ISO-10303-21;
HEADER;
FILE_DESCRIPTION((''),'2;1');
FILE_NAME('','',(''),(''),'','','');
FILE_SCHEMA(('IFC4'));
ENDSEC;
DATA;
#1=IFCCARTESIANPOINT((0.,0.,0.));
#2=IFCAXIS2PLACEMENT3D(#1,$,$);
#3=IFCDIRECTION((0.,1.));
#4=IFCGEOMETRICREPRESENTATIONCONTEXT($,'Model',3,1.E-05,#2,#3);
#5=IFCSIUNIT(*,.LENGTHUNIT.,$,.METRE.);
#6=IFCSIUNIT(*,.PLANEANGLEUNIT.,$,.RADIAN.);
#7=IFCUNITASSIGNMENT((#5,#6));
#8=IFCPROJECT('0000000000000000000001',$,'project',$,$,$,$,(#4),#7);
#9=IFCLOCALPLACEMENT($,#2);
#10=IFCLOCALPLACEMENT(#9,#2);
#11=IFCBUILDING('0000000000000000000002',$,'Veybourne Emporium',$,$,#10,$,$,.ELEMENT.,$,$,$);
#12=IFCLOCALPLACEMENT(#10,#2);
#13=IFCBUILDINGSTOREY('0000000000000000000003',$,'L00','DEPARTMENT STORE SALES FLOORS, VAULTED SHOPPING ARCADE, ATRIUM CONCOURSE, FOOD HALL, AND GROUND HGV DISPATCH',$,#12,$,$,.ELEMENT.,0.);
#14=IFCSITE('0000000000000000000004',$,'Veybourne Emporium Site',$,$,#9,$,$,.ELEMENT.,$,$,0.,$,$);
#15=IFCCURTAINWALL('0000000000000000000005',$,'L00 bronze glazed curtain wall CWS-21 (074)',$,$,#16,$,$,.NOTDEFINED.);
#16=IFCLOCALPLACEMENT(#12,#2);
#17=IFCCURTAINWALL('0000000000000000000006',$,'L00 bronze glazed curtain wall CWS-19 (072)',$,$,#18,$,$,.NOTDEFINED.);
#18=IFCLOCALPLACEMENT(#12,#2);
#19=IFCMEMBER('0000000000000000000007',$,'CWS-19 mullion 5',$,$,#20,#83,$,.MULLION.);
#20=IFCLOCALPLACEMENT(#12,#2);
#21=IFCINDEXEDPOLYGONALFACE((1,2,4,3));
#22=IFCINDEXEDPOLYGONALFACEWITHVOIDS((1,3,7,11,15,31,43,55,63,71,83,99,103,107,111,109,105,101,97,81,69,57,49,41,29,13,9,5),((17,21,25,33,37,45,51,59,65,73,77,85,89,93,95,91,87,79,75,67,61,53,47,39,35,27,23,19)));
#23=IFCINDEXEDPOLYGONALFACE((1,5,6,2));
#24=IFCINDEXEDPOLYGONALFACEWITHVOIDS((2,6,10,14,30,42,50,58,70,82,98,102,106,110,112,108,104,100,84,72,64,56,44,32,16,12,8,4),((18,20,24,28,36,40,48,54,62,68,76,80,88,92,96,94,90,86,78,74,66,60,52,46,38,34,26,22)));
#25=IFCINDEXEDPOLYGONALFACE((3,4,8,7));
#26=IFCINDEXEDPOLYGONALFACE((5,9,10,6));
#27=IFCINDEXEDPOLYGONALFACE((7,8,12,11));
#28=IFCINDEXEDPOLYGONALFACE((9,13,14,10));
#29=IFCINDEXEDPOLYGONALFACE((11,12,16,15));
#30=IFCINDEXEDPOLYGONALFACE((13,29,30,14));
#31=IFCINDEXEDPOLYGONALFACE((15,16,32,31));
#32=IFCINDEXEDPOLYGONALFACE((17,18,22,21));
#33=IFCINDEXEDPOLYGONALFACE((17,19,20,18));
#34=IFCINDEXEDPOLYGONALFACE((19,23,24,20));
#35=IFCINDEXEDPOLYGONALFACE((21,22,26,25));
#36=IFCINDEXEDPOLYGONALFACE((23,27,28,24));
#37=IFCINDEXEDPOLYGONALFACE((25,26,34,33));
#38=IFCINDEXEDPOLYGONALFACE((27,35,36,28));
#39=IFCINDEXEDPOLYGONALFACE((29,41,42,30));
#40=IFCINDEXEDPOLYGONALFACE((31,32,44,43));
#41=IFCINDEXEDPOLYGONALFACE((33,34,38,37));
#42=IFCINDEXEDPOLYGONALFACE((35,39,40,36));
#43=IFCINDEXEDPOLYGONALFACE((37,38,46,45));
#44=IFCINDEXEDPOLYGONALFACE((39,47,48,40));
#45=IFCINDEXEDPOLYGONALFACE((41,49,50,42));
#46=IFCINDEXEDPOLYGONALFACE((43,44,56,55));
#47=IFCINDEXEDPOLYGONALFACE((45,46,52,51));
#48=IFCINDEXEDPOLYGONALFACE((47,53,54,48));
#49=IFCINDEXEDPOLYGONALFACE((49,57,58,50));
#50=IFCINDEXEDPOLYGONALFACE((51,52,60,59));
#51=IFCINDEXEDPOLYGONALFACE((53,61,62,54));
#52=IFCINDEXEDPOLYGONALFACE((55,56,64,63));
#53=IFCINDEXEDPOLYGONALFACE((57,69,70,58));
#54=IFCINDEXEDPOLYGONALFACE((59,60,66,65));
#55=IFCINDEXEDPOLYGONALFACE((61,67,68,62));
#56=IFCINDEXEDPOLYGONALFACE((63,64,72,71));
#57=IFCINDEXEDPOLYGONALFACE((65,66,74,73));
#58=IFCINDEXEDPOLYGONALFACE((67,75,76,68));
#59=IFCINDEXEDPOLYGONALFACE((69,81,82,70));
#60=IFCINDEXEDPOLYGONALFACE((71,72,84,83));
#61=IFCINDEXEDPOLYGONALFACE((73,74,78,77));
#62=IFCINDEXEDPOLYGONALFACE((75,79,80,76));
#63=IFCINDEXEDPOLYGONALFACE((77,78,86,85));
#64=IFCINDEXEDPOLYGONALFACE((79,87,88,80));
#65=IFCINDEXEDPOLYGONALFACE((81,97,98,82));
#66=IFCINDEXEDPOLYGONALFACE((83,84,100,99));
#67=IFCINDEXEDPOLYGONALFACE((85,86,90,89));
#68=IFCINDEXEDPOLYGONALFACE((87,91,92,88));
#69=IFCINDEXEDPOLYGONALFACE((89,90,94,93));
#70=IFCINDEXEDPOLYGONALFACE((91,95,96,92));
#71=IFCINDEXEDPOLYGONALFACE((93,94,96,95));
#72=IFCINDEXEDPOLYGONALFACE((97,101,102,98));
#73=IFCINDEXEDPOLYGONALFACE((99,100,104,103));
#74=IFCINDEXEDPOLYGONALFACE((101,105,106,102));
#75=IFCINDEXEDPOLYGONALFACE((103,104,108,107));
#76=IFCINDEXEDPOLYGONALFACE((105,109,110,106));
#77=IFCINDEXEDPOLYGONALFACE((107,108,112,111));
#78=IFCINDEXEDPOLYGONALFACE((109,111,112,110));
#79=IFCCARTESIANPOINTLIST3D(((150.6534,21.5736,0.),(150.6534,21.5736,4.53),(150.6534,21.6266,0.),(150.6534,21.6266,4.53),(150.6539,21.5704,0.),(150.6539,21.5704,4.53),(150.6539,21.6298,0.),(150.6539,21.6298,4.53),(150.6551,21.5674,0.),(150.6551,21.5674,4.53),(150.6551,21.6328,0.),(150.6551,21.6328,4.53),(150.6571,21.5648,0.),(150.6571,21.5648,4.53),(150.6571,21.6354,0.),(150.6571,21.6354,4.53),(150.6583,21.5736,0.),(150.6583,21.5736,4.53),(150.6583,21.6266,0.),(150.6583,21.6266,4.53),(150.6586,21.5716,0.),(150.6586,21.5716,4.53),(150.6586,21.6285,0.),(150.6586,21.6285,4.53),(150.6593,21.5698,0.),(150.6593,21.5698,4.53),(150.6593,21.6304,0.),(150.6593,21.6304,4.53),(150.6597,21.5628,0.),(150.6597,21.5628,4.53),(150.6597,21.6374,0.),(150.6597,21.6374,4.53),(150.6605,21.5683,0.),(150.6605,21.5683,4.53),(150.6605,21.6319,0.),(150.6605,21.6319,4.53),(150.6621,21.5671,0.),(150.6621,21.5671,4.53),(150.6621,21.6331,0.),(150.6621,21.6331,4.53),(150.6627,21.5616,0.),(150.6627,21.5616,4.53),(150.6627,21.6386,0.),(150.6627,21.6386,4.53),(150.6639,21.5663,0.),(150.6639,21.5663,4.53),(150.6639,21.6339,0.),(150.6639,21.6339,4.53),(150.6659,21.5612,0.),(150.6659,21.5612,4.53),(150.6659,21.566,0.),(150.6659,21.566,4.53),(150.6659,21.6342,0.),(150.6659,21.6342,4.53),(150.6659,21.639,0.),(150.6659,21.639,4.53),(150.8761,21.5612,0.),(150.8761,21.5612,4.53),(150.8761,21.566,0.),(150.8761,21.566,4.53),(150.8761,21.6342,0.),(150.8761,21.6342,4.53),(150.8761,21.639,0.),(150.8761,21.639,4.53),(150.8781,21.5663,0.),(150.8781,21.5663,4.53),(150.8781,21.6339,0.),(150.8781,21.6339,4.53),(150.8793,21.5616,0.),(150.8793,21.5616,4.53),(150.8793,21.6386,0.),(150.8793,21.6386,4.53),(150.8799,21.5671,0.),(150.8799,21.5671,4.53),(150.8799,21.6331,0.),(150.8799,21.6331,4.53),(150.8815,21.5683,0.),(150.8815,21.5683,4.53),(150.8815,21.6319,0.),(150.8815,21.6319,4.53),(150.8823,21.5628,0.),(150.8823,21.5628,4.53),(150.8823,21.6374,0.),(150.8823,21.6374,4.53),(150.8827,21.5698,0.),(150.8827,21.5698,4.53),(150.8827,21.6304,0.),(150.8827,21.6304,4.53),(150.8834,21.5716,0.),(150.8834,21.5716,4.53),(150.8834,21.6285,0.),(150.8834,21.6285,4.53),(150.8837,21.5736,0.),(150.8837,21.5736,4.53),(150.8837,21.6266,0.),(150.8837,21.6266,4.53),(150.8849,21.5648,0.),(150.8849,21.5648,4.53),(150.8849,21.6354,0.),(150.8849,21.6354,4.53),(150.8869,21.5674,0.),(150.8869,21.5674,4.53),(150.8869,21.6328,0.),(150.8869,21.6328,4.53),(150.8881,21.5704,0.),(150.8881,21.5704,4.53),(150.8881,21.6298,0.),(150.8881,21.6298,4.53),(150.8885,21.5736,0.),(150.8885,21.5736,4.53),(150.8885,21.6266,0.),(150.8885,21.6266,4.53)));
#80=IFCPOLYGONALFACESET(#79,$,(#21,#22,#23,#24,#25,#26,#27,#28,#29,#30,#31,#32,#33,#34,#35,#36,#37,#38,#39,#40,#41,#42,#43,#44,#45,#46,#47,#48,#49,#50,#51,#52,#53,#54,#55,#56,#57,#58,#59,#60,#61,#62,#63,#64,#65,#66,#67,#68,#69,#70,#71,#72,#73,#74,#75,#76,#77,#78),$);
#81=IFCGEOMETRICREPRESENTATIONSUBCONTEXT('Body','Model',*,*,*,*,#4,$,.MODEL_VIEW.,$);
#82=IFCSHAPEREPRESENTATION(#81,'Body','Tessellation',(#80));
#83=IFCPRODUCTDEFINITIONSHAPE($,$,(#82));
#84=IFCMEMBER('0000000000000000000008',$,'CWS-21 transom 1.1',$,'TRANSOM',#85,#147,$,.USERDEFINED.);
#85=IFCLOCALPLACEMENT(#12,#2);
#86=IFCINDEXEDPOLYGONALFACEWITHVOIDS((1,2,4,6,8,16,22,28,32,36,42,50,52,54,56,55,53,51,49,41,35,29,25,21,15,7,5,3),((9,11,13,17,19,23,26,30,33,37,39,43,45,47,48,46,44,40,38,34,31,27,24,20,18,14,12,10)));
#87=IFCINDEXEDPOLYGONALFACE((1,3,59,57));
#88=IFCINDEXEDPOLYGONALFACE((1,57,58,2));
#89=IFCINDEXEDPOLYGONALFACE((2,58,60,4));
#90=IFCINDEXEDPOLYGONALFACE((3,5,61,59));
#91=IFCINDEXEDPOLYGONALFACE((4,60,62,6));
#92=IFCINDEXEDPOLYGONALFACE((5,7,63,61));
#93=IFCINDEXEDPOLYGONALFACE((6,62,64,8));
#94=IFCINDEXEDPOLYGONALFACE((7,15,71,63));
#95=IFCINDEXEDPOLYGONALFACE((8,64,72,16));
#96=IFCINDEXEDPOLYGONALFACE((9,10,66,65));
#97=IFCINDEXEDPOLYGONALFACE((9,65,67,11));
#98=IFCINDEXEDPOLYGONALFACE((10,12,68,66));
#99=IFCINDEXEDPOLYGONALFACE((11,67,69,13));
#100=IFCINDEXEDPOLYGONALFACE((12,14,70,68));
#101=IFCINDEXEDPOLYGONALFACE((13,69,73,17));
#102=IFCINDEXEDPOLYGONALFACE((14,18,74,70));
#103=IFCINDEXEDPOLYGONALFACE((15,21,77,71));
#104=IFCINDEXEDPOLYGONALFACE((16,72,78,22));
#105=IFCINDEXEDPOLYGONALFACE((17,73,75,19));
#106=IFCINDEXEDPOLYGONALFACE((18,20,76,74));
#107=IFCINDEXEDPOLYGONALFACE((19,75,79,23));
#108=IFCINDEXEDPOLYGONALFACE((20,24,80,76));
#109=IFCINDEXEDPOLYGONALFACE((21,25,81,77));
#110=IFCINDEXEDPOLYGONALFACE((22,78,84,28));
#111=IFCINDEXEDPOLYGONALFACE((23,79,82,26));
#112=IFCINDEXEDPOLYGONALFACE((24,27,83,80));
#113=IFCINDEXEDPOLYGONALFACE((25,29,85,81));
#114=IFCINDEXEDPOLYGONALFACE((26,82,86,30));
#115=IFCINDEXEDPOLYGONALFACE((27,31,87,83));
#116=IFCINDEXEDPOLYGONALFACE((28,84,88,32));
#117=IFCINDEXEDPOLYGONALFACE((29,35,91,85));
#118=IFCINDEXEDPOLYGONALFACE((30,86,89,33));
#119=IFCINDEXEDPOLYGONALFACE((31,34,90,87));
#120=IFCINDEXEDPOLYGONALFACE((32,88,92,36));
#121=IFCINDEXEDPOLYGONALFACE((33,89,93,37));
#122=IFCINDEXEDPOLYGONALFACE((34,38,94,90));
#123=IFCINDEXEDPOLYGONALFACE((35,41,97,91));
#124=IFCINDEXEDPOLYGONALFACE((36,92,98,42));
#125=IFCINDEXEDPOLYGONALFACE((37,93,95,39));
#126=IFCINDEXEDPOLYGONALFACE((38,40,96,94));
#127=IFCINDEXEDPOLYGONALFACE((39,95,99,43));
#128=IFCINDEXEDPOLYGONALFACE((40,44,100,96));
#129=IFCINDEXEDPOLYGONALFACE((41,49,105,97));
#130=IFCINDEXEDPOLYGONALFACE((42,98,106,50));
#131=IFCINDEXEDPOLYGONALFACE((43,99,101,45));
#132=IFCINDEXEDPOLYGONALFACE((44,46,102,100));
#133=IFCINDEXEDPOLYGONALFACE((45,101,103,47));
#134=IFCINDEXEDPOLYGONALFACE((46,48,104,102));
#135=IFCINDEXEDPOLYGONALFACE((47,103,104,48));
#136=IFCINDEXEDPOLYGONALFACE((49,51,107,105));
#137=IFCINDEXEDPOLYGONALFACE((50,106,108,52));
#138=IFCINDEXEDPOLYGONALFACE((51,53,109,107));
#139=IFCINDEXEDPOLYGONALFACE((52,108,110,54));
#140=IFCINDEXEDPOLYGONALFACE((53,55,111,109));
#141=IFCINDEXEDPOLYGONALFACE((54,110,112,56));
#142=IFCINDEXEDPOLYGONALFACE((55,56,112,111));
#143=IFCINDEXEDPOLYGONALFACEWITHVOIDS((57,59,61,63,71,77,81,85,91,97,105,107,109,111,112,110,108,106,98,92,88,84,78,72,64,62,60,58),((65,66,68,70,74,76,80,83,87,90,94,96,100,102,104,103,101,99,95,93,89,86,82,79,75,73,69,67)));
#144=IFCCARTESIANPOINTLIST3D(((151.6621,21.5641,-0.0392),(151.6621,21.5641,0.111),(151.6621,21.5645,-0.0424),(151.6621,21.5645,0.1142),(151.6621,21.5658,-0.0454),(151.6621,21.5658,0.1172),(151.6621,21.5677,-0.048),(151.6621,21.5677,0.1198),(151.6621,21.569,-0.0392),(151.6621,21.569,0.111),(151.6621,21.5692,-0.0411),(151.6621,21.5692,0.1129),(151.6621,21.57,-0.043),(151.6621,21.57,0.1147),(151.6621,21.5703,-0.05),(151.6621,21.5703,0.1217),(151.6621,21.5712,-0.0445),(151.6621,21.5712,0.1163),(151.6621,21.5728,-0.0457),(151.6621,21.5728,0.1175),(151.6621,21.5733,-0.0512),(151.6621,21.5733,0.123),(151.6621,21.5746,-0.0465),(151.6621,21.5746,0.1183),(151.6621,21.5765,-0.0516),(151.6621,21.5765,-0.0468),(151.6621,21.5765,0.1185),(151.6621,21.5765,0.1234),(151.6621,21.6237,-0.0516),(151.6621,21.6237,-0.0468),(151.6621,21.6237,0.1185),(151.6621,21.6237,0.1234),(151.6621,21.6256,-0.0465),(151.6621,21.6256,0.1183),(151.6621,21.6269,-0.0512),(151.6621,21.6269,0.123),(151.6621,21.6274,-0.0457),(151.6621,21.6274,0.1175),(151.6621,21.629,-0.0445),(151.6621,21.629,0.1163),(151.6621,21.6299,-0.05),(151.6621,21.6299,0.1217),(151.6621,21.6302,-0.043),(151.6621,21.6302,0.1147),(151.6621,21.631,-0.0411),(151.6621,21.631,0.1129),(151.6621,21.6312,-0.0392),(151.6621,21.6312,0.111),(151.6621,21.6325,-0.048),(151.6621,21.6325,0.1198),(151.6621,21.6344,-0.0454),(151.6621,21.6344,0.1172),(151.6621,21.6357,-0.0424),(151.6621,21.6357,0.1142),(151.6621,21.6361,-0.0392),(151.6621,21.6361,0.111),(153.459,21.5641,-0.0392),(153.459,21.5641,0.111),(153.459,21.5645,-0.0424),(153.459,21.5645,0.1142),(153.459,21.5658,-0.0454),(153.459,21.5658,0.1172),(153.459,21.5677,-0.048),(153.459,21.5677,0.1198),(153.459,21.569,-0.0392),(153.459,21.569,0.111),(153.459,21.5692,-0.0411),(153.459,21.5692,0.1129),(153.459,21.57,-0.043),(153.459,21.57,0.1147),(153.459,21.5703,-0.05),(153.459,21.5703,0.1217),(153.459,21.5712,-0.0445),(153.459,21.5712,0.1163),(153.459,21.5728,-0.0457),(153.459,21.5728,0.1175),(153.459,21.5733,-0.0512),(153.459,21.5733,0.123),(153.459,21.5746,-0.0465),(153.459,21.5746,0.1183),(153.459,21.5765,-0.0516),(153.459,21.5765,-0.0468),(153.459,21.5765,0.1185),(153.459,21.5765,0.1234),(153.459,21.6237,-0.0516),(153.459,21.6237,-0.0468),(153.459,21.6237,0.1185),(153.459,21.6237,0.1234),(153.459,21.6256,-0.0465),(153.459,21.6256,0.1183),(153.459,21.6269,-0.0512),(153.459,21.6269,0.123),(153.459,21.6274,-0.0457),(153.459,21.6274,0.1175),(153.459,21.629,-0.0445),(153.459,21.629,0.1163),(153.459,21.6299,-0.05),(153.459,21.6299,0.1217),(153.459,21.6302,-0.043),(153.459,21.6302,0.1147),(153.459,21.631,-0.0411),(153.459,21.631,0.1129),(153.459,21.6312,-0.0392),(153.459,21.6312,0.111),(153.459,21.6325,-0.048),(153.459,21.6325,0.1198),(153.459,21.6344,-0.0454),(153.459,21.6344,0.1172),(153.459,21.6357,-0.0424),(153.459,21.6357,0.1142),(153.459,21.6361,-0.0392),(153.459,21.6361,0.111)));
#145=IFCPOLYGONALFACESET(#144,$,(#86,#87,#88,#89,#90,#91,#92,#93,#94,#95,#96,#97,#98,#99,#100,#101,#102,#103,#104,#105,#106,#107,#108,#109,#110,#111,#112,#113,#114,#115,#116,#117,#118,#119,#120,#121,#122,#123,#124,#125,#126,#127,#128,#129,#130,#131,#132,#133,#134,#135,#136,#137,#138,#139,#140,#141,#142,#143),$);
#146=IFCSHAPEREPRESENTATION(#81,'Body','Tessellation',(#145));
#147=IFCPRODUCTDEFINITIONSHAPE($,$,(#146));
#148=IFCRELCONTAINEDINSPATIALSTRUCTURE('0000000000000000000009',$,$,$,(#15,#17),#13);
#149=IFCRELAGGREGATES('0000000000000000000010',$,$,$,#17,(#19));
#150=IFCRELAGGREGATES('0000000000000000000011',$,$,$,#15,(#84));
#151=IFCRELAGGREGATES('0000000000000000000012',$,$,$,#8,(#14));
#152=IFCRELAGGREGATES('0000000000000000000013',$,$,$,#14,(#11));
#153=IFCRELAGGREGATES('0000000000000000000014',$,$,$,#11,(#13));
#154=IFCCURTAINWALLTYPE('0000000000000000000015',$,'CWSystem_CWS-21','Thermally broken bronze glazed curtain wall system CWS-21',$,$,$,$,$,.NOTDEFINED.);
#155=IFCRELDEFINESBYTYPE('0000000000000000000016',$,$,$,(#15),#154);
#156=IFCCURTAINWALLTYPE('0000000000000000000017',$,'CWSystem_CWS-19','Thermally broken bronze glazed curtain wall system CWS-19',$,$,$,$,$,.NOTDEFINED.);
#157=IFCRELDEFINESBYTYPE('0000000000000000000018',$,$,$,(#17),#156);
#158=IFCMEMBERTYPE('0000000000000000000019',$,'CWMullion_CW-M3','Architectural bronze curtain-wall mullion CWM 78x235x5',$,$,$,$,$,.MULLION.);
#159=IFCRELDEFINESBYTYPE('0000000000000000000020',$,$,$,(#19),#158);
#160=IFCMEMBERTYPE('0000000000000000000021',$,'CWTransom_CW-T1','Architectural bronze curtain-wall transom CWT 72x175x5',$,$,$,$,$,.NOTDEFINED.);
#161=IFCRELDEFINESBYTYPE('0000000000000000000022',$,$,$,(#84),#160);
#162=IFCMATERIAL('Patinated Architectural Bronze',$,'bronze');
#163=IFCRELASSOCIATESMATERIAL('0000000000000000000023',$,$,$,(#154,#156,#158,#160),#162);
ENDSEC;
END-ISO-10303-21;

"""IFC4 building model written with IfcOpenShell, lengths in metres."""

from ifc_helpers import new_model, si_unit, direction, frame, origin, origin_2d, place, context, subcontext, project, spatial, hollow_rectangle, extrude, material, material_profile, profile_set, type_object, element, aggregate, save


model = new_model("IFC4")

# Units and contexts
model_context = context("Model", 3, precision=1e-05, world=origin(), true_north=direction((0.0, 1.0)))
body_context = subcontext(model_context, "Body", "Model", "MODEL_VIEW")
ifc_project = project(units=[si_unit("LENGTHUNIT", "METRE"), si_unit("PLANEANGLEUNIT", "RADIAN")], contexts=[model_context])

# Site, building, storey
site_placement = place(None, origin())
site = spatial("IfcSite", under=ifc_project, at=site_placement, Name="Veybourne Emporium Site", CompositionType="ELEMENT", RefElevation=0.0)
building_placement = place(site_placement, origin())
building = spatial("IfcBuilding", under=site, at=building_placement, Name="Veybourne Emporium", CompositionType="ELEMENT")
storey_placement = place(building_placement, origin())
storey = spatial("IfcBuildingStorey", under=building, at=storey_placement, Name="L00", Description="DEPARTMENT STORE SALES FLOORS, VAULTED SHOPPING ARCADE, ATRIUM CONCOURSE, FOOD HALL, AND GROUND HGV DISPATCH", CompositionType="ELEMENT", Elevation=0.0)

# Curtain walls, member
ifc_material_1 = material(Name="Patinated Architectural Bronze", Category="bronze")
curtain_wall_type_1 = type_object("IfcCurtainWallType", Name="CWSystem_CWS-21", Description="Thermally broken bronze glazed curtain wall system CWS-21", PredefinedType="NOTDEFINED", material=ifc_material_1)
curtain_wall_1_placement = place(storey_placement, origin())
curtain_wall_1 = element("IfcCurtainWall", 1, at=curtain_wall_1_placement, inside=storey, type_object=curtain_wall_type_1, Name="L00 bronze glazed curtain wall CWS-21 (074)", PredefinedType="NOTDEFINED")
curtain_wall_type_2 = type_object("IfcCurtainWallType", Name="CWSystem_CWS-19", Description="Thermally broken bronze glazed curtain wall system CWS-19", PredefinedType="NOTDEFINED", material=ifc_material_1)
curtain_wall_2_placement = place(storey_placement, origin())
curtain_wall_2 = element("IfcCurtainWall", 2, at=curtain_wall_2_placement, inside=storey, type_object=curtain_wall_type_2, Name="L00 bronze glazed curtain wall CWS-19 (072)", PredefinedType="NOTDEFINED")
ifc_material_profile_1 = material_profile(ifc_material_1, hollow_rectangle(XDim=0.0779, YDim=0.2351, WallThickness=0.0049, InnerFilletRadius=0.0076, OuterFilletRadius=0.0125, at=origin_2d()), Name="CWM 78x235x5")
ifc_profile_set_1 = profile_set([ifc_material_profile_1], Name="Patinated Architectural Bronze")
member_type_1 = type_object("IfcMemberType", Name="CWMullion_CW-M3", Description="Architectural bronze curtain-wall mullion CWM 78x235x5", PredefinedType="MULLION", material=ifc_profile_set_1)
member_1_placement = place(storey_placement, frame((150.771, 21.6001, 0.0), z_axis=(0.0, 0.0, 1.0), x_axis=(0.0, 1.0, 0.0)))
member_1 = element("IfcMember", 3, at=member_1_placement, type_object=member_type_1, Name="CWS-19 mullion 5", PredefinedType="MULLION", context=body_context, shape_type="SweptSolid", body=[
    extrude(hollow_rectangle(XDim=0.0779, YDim=0.2351, WallThickness=0.0049, InnerFilletRadius=0.0076, OuterFilletRadius=0.0125, at=origin_2d()), origin(), (0.0, 0.0, 1.0), 4.53),
])

# Member
ifc_material_profile_2 = material_profile(ifc_material_1, hollow_rectangle(XDim=0.072, YDim=0.175, WallThickness=0.0049, InnerFilletRadius=0.0076, OuterFilletRadius=0.0125, at=origin_2d()), Name="CWT 72x175x5")
ifc_profile_set_2 = profile_set([ifc_material_profile_2], Name="Patinated Architectural Bronze")
member_type_2 = type_object("IfcMemberType", Name="CWTransom_CW-T1", Description="Architectural bronze curtain-wall transom CWT 72x175x5", PredefinedType="NOTDEFINED", material=ifc_profile_set_2)
member_2_placement = place(storey_placement, frame((151.6621, 21.6001, 0.0359), z_axis=(1.0, 0.0, 0.0), x_axis=(0.0, 1.0, 0.0)))
member_2 = element("IfcMember", 4, at=member_2_placement, type_object=member_type_2, Name="CWS-21 transom 1.1", ObjectType="TRANSOM", PredefinedType="USERDEFINED", context=body_context, shape_type="SweptSolid", body=[
    extrude(hollow_rectangle(XDim=0.072, YDim=0.175, WallThickness=0.0049, InnerFilletRadius=0.0076, OuterFilletRadius=0.0125, at=origin_2d()), origin(), (0.0, 0.0, 1.0), 1.7969),
])

aggregate(curtain_wall_2, [member_1])
aggregate(curtain_wall_1, [member_2])

save(model, "model.ifc")
